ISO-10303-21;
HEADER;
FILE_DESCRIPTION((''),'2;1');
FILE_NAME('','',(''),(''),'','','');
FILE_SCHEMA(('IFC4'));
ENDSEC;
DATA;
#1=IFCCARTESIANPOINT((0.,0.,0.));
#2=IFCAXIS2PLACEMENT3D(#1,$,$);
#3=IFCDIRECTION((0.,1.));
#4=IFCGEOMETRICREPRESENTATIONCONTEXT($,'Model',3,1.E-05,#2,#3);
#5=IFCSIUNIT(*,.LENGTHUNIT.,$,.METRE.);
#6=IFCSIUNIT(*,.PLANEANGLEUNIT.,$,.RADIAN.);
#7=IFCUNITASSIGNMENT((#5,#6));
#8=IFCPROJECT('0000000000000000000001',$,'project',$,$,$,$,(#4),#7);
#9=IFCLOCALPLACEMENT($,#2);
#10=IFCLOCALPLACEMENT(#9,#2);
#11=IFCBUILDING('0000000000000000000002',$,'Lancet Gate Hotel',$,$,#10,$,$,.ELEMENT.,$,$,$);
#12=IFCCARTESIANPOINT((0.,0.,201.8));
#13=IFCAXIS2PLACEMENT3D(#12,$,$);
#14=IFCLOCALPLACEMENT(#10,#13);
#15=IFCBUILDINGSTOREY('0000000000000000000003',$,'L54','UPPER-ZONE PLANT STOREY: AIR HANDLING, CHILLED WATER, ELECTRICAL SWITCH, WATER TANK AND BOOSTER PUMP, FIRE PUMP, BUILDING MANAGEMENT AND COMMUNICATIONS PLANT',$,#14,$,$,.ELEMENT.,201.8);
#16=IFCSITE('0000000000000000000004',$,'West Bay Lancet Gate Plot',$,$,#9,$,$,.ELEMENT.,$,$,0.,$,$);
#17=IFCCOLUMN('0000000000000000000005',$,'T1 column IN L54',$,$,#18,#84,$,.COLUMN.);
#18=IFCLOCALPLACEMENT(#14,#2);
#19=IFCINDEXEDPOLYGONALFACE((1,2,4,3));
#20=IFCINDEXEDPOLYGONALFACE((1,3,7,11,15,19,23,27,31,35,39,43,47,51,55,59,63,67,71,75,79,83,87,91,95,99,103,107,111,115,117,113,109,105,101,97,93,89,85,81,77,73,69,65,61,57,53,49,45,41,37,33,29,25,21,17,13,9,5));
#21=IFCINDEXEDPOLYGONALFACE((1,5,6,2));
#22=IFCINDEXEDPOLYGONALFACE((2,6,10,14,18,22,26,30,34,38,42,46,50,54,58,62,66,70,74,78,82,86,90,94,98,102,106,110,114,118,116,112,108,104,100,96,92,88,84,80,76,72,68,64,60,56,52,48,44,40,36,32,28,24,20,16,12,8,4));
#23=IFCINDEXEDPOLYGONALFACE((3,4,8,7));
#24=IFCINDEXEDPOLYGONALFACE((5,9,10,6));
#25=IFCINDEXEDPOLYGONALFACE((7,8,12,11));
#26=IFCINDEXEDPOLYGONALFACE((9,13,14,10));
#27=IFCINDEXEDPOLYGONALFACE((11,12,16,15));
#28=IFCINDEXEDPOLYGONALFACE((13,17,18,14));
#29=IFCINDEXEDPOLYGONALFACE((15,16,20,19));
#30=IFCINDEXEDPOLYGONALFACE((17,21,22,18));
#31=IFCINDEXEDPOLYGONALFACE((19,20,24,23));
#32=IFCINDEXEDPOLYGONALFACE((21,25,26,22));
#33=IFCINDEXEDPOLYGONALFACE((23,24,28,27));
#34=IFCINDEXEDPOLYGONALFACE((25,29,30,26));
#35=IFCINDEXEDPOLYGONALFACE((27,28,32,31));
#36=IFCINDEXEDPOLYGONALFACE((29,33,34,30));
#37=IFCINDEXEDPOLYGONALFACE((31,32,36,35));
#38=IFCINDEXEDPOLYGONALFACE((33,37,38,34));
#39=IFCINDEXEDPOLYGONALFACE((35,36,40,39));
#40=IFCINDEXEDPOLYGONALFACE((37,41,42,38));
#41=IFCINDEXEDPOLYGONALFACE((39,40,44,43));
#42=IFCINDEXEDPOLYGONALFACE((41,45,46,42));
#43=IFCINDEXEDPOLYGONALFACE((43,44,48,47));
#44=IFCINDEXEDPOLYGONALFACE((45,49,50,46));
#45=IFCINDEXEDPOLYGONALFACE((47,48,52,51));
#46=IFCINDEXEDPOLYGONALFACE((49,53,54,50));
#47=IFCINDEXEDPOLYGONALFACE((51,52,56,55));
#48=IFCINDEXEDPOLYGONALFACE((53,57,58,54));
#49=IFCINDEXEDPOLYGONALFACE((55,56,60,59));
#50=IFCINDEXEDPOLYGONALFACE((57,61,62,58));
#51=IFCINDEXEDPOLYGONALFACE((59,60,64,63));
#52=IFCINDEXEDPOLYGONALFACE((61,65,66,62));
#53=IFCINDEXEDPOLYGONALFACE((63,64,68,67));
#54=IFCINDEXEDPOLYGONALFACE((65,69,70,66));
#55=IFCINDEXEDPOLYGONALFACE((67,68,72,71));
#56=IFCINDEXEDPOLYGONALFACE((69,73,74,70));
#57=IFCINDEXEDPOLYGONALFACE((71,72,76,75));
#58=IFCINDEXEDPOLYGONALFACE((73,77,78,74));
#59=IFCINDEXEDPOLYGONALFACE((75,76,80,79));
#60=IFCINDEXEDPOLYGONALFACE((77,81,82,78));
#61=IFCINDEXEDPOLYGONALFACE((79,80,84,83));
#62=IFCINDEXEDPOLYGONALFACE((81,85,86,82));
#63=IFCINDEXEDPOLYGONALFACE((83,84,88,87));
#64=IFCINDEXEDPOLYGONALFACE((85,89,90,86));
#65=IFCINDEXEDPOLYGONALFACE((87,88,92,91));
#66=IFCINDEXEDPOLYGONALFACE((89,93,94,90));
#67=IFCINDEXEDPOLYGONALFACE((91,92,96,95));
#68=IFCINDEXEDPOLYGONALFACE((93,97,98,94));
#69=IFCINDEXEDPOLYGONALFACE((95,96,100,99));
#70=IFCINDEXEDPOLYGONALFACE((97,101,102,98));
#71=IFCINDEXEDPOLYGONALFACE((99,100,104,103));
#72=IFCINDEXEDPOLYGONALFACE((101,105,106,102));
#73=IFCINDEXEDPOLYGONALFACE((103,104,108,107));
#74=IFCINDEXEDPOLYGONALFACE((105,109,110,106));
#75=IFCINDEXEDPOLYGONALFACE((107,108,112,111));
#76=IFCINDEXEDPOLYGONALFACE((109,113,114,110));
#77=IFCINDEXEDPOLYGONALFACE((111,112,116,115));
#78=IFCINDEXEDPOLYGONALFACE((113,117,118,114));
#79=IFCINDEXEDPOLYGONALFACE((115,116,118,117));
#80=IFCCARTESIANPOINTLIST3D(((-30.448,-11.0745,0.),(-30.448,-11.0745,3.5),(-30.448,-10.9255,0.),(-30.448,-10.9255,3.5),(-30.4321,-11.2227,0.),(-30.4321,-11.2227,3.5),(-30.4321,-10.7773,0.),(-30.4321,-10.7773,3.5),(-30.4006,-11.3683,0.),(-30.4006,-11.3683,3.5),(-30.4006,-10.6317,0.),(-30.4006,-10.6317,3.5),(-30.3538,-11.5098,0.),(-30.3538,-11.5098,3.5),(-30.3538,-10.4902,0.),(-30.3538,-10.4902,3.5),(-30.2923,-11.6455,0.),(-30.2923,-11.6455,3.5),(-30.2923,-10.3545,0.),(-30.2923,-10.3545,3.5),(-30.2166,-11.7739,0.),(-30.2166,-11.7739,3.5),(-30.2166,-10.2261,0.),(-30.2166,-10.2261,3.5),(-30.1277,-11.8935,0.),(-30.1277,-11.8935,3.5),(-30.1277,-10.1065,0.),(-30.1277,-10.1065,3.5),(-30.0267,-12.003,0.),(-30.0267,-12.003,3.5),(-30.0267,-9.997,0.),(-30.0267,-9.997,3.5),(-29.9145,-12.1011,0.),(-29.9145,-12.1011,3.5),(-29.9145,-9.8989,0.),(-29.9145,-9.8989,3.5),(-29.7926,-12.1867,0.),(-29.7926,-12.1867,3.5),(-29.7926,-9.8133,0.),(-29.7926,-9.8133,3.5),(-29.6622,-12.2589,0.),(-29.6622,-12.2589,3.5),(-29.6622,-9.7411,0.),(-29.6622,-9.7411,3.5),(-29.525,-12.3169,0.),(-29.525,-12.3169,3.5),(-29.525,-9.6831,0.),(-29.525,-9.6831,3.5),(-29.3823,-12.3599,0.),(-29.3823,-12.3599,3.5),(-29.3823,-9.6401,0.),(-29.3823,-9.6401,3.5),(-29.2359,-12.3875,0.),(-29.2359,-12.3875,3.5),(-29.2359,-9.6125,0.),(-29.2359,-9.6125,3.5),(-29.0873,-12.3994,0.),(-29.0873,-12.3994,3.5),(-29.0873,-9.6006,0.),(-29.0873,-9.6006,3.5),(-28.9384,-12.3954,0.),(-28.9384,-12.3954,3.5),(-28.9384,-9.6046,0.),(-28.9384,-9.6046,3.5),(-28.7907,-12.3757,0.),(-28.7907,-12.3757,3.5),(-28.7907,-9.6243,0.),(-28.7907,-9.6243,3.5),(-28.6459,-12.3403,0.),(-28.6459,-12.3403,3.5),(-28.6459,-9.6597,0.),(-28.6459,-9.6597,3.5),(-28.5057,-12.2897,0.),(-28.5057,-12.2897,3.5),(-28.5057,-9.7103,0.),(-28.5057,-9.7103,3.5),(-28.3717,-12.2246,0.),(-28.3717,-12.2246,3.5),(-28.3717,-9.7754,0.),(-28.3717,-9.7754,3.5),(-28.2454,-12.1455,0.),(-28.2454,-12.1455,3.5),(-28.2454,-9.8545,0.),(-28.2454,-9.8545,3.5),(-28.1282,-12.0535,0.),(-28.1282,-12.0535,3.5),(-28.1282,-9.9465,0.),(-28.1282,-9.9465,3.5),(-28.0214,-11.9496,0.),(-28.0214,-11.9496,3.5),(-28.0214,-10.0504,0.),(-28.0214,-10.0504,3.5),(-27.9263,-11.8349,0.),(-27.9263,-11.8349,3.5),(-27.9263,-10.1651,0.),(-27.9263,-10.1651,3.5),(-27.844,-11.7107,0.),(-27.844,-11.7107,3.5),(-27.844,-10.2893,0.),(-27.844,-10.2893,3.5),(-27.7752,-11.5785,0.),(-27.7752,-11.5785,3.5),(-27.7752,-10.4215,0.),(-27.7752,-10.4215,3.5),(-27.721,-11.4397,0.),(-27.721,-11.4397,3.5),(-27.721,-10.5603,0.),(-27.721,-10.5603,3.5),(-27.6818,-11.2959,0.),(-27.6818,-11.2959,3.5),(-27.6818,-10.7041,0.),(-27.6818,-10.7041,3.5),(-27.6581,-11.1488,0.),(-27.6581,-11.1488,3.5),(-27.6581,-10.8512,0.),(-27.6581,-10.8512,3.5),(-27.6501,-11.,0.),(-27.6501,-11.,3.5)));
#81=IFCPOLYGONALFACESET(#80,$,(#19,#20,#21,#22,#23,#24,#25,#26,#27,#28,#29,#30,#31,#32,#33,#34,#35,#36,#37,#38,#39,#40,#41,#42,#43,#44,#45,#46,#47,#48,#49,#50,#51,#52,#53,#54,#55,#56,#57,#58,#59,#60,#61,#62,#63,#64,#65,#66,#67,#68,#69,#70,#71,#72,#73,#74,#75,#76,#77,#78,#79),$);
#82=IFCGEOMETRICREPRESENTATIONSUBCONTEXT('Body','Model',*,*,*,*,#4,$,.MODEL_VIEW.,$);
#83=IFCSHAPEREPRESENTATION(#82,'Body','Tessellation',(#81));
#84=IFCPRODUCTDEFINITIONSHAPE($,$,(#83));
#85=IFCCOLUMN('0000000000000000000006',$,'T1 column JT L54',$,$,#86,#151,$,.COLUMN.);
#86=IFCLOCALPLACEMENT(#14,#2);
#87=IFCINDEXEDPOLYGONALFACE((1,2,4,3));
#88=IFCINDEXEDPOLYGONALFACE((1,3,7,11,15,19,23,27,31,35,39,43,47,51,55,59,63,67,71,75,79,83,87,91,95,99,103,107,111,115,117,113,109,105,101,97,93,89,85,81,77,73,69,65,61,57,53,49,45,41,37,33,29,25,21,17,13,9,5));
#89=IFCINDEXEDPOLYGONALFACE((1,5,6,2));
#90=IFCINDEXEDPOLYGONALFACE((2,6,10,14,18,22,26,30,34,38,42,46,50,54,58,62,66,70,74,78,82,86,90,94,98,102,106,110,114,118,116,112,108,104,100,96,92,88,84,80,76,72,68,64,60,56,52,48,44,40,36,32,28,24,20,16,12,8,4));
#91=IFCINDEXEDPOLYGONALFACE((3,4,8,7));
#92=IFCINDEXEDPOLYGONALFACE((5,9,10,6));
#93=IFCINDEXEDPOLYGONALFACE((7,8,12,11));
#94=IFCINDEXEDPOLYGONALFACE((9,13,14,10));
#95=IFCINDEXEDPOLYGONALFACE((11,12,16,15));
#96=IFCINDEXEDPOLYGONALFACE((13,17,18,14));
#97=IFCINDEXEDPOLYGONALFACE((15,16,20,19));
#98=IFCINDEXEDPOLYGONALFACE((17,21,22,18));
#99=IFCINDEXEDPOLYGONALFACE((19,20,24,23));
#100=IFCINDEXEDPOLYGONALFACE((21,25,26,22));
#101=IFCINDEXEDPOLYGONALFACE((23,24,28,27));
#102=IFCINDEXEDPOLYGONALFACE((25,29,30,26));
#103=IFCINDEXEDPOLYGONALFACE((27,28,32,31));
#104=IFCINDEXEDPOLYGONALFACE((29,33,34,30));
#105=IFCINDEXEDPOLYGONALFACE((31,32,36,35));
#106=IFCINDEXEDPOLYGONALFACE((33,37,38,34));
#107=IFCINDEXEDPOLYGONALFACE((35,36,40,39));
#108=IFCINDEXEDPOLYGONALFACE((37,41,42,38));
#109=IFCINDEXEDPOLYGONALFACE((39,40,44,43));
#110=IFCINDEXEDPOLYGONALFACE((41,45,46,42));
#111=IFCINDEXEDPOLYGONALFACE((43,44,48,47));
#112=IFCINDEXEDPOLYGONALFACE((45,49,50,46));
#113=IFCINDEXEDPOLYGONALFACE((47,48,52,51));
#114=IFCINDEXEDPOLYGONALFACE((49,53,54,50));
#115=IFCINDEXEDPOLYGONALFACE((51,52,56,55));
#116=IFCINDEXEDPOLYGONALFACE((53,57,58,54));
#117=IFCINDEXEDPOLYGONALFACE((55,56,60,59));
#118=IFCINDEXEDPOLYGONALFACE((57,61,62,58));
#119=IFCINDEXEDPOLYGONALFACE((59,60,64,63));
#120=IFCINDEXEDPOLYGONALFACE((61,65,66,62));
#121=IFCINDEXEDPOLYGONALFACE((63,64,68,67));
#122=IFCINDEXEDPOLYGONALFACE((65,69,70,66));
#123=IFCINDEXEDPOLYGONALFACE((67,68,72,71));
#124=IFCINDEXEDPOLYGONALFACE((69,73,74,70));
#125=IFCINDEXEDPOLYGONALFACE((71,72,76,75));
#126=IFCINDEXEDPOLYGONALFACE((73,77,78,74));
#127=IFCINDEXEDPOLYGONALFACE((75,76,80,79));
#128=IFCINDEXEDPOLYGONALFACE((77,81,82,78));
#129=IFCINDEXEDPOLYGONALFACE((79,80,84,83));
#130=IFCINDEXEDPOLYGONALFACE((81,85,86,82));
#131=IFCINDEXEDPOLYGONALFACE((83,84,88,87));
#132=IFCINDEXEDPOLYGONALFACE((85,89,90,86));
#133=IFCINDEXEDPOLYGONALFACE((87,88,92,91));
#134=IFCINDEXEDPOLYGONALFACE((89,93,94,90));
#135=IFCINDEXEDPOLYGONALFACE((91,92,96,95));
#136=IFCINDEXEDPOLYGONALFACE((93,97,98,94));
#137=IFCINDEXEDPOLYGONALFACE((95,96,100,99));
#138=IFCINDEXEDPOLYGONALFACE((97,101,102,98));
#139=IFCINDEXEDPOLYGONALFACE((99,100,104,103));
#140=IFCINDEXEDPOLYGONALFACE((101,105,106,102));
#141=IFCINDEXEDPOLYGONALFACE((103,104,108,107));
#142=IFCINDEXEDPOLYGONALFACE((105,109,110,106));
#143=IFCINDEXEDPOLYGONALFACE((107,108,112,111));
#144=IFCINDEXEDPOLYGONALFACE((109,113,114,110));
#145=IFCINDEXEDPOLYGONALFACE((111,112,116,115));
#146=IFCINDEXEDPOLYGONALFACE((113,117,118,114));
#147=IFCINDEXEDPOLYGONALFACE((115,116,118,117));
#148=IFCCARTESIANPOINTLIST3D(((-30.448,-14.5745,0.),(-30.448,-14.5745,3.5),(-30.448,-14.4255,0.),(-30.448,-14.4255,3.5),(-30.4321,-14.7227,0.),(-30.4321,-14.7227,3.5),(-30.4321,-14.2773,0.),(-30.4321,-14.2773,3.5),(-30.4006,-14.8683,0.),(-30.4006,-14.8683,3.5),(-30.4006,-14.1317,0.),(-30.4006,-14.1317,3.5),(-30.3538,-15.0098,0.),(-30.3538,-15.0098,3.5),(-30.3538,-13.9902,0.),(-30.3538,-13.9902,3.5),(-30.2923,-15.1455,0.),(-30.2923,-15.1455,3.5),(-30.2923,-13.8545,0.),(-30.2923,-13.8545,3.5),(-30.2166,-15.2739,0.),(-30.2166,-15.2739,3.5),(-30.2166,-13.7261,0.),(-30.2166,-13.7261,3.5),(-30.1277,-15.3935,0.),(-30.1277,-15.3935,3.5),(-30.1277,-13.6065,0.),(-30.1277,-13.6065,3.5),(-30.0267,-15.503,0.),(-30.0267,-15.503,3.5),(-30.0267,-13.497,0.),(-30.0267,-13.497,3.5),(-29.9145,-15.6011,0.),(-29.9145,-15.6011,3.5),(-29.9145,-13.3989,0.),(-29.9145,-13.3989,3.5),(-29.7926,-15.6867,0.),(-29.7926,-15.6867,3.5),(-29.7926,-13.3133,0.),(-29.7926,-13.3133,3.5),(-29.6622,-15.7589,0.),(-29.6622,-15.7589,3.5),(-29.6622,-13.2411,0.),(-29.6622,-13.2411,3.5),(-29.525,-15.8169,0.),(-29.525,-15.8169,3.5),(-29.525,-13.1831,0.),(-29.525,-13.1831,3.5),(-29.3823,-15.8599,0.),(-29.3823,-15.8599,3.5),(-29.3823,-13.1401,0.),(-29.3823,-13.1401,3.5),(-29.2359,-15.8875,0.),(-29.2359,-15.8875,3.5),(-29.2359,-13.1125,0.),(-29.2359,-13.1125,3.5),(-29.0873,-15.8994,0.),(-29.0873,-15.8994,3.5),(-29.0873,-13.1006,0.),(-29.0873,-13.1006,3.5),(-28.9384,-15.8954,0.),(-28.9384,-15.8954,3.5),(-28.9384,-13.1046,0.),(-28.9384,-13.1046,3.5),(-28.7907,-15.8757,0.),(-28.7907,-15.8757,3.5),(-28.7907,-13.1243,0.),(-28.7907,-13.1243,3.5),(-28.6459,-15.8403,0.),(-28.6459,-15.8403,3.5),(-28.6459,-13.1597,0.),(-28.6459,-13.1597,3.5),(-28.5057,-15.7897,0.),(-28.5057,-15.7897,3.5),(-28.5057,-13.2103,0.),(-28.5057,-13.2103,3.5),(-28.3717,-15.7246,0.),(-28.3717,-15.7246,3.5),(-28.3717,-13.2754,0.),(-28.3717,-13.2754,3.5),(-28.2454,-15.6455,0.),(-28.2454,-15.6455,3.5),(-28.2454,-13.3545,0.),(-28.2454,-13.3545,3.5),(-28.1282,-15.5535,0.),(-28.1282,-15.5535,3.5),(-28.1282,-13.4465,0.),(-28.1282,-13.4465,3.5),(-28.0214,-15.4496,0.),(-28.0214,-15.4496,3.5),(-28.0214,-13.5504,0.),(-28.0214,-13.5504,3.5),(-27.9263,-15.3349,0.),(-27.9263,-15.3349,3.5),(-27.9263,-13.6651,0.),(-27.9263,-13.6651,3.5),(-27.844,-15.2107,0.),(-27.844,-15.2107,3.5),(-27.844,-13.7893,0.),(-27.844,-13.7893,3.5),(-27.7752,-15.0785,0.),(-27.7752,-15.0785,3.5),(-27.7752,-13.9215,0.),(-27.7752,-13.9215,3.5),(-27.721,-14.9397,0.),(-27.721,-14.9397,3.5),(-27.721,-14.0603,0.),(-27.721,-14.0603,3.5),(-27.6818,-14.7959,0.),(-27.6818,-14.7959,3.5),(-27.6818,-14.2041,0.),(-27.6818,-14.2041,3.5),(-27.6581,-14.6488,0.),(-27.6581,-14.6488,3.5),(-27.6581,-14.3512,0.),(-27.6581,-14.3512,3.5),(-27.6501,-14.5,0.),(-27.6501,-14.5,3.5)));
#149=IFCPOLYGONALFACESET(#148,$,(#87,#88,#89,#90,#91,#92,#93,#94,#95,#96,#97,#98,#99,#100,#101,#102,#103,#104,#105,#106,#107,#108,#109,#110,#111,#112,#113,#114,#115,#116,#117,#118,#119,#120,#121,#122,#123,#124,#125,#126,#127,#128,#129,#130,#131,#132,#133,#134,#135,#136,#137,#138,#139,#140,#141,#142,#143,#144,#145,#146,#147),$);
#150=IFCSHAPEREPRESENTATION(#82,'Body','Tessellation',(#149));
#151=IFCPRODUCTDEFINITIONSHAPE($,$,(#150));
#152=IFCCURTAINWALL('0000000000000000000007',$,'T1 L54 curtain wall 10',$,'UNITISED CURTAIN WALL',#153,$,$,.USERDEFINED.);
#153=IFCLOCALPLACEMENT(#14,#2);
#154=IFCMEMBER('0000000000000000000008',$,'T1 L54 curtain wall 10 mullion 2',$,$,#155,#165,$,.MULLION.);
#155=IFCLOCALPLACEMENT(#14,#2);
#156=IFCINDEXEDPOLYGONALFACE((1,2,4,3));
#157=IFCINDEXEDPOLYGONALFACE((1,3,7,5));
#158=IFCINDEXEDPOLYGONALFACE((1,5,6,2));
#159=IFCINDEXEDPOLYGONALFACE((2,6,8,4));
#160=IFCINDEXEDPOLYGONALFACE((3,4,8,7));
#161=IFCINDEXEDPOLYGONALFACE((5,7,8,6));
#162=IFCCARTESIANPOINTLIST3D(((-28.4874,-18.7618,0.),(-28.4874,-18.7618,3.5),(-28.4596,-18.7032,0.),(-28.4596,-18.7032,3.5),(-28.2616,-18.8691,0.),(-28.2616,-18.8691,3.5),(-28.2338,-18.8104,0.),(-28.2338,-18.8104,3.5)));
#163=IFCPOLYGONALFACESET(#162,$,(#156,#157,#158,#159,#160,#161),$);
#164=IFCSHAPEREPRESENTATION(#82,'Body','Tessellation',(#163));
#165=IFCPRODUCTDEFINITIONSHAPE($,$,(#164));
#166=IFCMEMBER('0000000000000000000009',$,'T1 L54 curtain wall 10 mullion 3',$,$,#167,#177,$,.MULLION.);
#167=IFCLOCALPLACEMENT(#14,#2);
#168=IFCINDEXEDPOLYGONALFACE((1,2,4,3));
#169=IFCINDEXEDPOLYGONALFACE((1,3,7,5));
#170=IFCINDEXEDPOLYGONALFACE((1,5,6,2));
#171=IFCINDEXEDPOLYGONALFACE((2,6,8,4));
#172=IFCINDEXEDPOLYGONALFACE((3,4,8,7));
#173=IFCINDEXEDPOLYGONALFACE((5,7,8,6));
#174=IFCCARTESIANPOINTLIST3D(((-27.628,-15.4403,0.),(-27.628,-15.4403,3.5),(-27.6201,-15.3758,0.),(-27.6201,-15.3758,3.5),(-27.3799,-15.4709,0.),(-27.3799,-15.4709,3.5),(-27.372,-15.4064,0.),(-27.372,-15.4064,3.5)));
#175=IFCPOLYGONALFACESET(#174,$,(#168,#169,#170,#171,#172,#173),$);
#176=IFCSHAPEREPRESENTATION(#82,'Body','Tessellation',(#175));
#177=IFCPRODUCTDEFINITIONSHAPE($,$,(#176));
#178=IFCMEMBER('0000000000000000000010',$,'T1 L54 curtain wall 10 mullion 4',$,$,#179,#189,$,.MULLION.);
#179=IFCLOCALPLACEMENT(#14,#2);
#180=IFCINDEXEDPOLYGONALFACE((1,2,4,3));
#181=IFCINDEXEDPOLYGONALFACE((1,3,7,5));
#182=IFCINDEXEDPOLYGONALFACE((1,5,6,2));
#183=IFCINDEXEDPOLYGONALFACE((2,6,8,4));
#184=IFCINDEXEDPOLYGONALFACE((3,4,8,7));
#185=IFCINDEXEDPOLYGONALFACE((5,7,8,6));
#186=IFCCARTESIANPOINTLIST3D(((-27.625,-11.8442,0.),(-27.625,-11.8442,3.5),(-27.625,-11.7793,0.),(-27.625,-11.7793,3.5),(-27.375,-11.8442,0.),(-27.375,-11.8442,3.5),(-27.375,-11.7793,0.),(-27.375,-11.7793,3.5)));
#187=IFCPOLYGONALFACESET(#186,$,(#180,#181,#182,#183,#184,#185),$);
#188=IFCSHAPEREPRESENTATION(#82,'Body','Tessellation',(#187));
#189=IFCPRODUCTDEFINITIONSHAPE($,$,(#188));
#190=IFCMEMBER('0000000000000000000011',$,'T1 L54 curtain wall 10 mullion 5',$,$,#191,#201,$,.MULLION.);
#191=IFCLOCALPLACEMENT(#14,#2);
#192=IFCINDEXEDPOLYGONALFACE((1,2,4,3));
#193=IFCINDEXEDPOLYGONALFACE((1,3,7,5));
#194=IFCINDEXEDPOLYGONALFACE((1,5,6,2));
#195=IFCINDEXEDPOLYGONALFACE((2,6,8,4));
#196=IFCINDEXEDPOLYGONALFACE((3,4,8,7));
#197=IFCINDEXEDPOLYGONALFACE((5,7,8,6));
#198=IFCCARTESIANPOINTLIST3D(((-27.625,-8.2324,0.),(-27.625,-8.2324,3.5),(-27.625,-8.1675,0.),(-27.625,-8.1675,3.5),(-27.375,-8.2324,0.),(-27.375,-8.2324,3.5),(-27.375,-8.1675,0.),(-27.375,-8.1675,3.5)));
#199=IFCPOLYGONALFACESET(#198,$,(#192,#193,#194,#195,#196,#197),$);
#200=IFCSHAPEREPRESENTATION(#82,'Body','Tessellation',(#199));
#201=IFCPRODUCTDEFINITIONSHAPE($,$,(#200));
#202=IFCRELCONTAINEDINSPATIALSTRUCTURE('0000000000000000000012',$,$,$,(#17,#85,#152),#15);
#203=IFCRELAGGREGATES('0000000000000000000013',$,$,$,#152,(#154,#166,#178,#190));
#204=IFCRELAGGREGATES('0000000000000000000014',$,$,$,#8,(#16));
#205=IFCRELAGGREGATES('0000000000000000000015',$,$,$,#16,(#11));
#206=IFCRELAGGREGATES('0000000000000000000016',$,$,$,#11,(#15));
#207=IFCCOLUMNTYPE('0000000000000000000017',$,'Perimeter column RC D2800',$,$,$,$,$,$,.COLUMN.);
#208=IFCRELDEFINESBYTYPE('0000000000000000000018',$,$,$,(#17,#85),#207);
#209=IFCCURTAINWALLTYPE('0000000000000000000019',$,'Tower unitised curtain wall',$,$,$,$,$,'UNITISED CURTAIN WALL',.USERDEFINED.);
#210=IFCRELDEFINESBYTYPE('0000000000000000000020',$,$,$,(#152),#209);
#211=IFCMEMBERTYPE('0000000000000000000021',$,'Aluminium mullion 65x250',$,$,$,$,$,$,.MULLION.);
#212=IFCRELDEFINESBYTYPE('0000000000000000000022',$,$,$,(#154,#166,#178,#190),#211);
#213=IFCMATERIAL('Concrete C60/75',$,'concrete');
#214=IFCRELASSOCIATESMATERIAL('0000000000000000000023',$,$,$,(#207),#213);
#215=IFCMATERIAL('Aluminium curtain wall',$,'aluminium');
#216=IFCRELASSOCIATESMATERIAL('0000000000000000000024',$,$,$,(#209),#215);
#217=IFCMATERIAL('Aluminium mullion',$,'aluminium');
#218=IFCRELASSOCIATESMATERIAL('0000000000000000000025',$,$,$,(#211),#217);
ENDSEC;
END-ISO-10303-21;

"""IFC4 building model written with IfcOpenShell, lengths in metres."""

from ifc_helpers import new_model, si_unit, direction, frame, origin, origin_2d, place, context, subcontext, project, spatial, rectangle, circle, extrude, material, material_profile, profile_set, type_object, element, aggregate, save


model = new_model("IFC4")

# Units and contexts
model_context = context("Model", 3, precision=1e-05, world=origin(), true_north=direction((0.0, 1.0)))
body_context = subcontext(model_context, "Body", "Model", "MODEL_VIEW")
ifc_project = project(units=[si_unit("LENGTHUNIT", "METRE"), si_unit("PLANEANGLEUNIT", "RADIAN")], contexts=[model_context])

# Site, building, storey
site_placement = place(None, origin())
site = spatial("IfcSite", under=ifc_project, at=site_placement, Name="West Bay Lancet Gate Plot", CompositionType="ELEMENT", RefElevation=0.0)
building_placement = place(site_placement, origin())
building = spatial("IfcBuilding", under=site, at=building_placement, Name="Lancet Gate Hotel", CompositionType="ELEMENT")
storey_placement = place(building_placement, frame((0.0, 0.0, 201.8)))
storey = spatial("IfcBuildingStorey", under=building, at=storey_placement, Name="L54", Description="UPPER-ZONE PLANT STOREY: AIR HANDLING, CHILLED WATER, ELECTRICAL SWITCH, WATER TANK AND BOOSTER PUMP, FIRE PUMP, BUILDING MANAGEMENT AND COMMUNICATIONS PLANT", CompositionType="ELEMENT", Elevation=201.8)

# Columns
ifc_material_1 = material(Name="Concrete C60/75", Category="concrete")
ifc_material_profile_1 = material_profile(ifc_material_1, circle(Radius=1.3999, at=origin_2d()), Name="RC D2800")
ifc_profile_set_1 = profile_set([ifc_material_profile_1], Name="Concrete C60/75")
column_type = type_object("IfcColumnType", Name="Perimeter column RC D2800", PredefinedType="COLUMN", material=ifc_profile_set_1)
for number, where, z_axis, x_axis, name in (
    (1, (-29.05, -11.0, 0.0), (0.0, 0.0, 1.0), (1.0, 0.0, 0.0), "T1 column IN L54"),
    (2, (-29.05, -14.5, 0.0), (0.0, 0.0, 1.0), (1.0, 0.0, 0.0), "T1 column JT L54"),
):
    element("IfcColumn", number, at=place(storey_placement, frame(where, z_axis=z_axis, x_axis=x_axis)), inside=storey, type_object=column_type, Name=name, PredefinedType="COLUMN", context=body_context, shape_type="SweptSolid", body=[
        extrude(circle(Radius=1.3999, at=origin_2d()), origin(), (0.0, 0.0, 1.0), 3.5),
    ])

# Curtain wall, members
ifc_material_2 = material(Name="Aluminium curtain wall", Category="aluminium")
curtain_wall_type = type_object("IfcCurtainWallType", Name="Tower unitised curtain wall", ElementType="UNITISED CURTAIN WALL", PredefinedType="USERDEFINED", material=ifc_material_2)
curtain_wall_placement = place(storey_placement, origin())
curtain_wall = element("IfcCurtainWall", 3, at=curtain_wall_placement, inside=storey, type_object=curtain_wall_type, Name="T1 L54 curtain wall 10", ObjectType="UNITISED CURTAIN WALL", PredefinedType="USERDEFINED")
ifc_material_3 = material(Name="Aluminium mullion", Category="aluminium")
ifc_material_profile_2 = material_profile(ifc_material_3, rectangle(XDim=0.0649, YDim=0.25, at=origin_2d()), Name="MULLION 65x250")
ifc_profile_set_2 = profile_set([ifc_material_profile_2], Name="Aluminium mullion")
member_type_1 = type_object("IfcMemberType", Name="Aluminium mullion 65x250", PredefinedType="MULLION", material=ifc_profile_set_2)
member_1_placement = place(storey_placement, frame((-28.3606, -18.7861, 0.0), z_axis=(0.0, 0.0, 1.0), x_axis=(0.42905, 0.903281, 0.0)))
member_1 = element("IfcMember", 4, at=member_1_placement, type_object=member_type_1, Name="T1 L54 curtain wall 10 mullion 2", PredefinedType="MULLION", context=body_context, shape_type="SweptSolid", body=[
    extrude(rectangle(XDim=0.0649, YDim=0.25, at=origin_2d()), origin(), (0.0, 0.0, 1.0), 3.5),
])
member_2_placement = place(storey_placement, frame((-27.5, -15.4233, 0.0), z_axis=(0.0, 0.0, 1.0), x_axis=(0.122467, 0.992473, 0.0)))
member_2 = element("IfcMember", 5, at=member_2_placement, type_object=member_type_1, Name="T1 L54 curtain wall 10 mullion 3", PredefinedType="MULLION", context=body_context, shape_type="SweptSolid", body=[
    extrude(rectangle(XDim=0.0649, YDim=0.25, at=origin_2d()), origin(), (0.0, 0.0, 1.0), 3.5),
])
member_3_placement = place(storey_placement, frame((-27.5, -11.8118, 0.0), z_axis=(0.0, 0.0, 1.0), x_axis=(0.0, 1.0, 0.0)))
member_3 = element("IfcMember", 6, at=member_3_placement, type_object=member_type_1, Name="T1 L54 curtain wall 10 mullion 4", PredefinedType="MULLION", context=body_context, shape_type="SweptSolid", body=[
    extrude(rectangle(XDim=0.0649, YDim=0.25, at=origin_2d()), origin(), (0.0, 0.0, 1.0), 3.5),
])
member_4_placement = place(storey_placement, frame((-27.5, -8.2, 0.0), z_axis=(0.0, 0.0, 1.0), x_axis=(0.0, 1.0, 0.0)))
member_4 = element("IfcMember", 7, at=member_4_placement, type_object=member_type_1, Name="T1 L54 curtain wall 10 mullion 5", PredefinedType="MULLION", context=body_context, shape_type="SweptSolid", body=[
    extrude(rectangle(XDim=0.0649, YDim=0.25, at=origin_2d()), origin(), (0.0, 0.0, 1.0), 3.5),
])

aggregate(curtain_wall, [member_1, member_2, member_3, member_4])

save(model, "model.ifc")
